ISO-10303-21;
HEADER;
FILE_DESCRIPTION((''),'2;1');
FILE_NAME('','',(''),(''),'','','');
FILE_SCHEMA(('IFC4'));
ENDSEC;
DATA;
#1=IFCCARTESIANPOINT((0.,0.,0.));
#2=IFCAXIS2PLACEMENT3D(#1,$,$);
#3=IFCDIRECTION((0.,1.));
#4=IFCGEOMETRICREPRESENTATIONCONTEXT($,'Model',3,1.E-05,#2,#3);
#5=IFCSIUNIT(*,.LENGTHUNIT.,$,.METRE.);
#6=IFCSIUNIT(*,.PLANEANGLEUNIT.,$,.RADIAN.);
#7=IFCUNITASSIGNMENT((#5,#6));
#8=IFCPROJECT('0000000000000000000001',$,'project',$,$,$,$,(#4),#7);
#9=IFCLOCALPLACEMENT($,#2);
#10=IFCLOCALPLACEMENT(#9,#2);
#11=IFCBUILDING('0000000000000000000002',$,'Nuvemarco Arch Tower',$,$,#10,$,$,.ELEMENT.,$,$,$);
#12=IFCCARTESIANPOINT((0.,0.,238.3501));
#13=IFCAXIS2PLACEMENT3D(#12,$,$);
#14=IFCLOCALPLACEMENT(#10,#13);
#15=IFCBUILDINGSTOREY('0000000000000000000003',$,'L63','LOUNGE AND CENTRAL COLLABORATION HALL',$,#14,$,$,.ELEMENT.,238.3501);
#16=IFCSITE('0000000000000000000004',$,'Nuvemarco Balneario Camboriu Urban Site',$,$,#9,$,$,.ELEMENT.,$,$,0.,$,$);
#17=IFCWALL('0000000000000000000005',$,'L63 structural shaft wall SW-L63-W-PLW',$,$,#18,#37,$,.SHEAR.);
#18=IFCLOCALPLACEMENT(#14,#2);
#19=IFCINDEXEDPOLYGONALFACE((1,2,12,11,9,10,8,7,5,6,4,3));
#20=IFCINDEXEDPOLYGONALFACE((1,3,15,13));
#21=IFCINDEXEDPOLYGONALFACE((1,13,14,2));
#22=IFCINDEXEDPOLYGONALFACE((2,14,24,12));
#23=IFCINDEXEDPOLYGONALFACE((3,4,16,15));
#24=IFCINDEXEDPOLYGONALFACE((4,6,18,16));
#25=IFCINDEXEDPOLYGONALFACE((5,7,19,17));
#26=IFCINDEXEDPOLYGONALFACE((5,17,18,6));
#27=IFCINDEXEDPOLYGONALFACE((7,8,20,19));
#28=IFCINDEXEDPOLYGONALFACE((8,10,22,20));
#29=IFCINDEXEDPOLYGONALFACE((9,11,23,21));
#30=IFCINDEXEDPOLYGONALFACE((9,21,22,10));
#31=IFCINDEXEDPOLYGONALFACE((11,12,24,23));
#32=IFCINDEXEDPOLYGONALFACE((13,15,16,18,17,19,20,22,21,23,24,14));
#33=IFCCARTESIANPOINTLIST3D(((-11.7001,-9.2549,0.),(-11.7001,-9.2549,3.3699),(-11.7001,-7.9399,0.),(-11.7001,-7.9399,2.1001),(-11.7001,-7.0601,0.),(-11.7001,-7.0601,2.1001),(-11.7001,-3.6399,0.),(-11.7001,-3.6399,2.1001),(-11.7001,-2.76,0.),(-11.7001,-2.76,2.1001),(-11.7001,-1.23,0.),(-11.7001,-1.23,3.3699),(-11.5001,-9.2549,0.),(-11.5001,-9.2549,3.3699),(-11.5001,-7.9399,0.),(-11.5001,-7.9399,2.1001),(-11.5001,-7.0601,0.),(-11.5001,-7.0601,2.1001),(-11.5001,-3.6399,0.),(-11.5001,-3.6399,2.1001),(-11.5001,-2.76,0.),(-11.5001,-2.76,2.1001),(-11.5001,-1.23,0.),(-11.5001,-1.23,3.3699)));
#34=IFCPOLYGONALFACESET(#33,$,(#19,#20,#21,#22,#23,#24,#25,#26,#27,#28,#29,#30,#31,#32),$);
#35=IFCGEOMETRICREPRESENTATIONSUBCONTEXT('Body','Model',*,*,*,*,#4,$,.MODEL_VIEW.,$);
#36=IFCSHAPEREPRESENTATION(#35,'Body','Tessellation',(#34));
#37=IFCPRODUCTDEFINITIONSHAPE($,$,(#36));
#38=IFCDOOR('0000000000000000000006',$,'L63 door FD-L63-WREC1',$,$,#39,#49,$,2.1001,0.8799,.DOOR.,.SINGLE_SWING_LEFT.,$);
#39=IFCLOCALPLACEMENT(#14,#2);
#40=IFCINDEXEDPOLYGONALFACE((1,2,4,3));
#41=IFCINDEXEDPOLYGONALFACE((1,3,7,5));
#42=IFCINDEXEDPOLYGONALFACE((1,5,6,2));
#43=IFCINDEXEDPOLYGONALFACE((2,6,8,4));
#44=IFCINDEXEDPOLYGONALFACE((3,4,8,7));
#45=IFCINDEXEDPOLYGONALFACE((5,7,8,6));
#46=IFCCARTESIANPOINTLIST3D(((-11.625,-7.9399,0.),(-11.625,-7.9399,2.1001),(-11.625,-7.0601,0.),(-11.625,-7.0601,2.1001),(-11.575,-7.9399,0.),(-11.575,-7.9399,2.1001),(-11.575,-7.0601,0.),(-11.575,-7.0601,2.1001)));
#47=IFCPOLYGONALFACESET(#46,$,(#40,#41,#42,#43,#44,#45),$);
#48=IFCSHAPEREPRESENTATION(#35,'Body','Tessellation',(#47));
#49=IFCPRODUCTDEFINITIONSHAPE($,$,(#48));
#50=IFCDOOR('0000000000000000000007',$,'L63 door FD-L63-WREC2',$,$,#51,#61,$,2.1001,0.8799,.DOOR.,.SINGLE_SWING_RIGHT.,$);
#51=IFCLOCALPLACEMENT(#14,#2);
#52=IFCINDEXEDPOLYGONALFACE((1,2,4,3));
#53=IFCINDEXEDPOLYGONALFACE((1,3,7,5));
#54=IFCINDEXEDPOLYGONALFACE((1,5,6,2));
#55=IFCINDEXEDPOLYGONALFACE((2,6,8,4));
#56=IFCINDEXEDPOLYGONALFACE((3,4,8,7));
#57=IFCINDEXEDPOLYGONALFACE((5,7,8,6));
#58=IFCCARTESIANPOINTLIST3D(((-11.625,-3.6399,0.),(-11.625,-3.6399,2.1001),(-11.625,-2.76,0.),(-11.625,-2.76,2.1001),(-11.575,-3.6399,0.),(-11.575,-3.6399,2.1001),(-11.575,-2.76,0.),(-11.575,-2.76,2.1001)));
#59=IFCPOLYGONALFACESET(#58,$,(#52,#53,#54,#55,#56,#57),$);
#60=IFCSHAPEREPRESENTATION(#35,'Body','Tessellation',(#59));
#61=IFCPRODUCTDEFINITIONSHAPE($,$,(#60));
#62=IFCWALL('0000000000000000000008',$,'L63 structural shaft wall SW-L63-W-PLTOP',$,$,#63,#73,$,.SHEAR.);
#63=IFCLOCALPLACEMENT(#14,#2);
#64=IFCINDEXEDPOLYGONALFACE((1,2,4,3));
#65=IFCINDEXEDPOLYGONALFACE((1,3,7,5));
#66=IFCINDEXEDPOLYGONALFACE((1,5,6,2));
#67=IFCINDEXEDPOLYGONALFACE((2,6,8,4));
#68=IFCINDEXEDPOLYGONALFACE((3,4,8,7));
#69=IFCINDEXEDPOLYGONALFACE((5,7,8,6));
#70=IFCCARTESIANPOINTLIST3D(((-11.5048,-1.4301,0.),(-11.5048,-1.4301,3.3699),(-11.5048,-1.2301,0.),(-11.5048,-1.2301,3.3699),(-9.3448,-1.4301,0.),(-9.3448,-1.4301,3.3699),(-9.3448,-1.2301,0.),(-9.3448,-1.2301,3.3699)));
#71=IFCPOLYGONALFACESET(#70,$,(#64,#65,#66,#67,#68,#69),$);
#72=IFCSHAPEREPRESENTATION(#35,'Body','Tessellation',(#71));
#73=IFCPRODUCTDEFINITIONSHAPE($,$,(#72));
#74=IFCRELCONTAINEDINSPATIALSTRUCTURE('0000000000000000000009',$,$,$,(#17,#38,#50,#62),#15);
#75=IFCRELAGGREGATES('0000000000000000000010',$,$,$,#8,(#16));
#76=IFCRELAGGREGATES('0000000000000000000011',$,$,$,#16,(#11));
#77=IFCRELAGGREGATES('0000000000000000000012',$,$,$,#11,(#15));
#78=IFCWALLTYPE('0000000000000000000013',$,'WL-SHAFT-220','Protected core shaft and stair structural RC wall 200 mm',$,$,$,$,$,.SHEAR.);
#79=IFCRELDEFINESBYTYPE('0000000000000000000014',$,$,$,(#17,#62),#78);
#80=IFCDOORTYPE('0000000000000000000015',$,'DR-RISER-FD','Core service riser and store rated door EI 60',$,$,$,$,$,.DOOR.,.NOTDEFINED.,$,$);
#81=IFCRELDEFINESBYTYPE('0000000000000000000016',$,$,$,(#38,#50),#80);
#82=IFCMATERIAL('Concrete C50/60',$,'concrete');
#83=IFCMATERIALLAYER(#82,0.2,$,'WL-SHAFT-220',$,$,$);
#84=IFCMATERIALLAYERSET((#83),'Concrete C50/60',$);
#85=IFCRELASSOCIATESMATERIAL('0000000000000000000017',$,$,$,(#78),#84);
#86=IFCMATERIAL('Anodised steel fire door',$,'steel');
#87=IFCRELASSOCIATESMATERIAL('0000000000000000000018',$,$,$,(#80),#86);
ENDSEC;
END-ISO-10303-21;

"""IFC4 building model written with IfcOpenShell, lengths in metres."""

from ifc_helpers import new_model, si_unit, direction, frame, frame_2d, origin, place, context, subcontext, project, spatial, rectangle, extrude, source, transform, mapped, material, layer, layer_set, type_object, type_shapes, element, fill, save


model = new_model("IFC4")

# Units and contexts
model_context = context("Model", 3, precision=1e-05, world=origin(), true_north=direction((0.0, 1.0)))
body_context = subcontext(model_context, "Body", "Model", "MODEL_VIEW")
ifc_project = project(units=[si_unit("LENGTHUNIT", "METRE"), si_unit("PLANEANGLEUNIT", "RADIAN")], contexts=[model_context])

# Site, building, storey
site_placement = place(None, origin())
site = spatial("IfcSite", under=ifc_project, at=site_placement, Name="Nuvemarco Balneario Camboriu Urban Site", CompositionType="ELEMENT", RefElevation=0.0)
building_placement = place(site_placement, origin())
building = spatial("IfcBuilding", under=site, at=building_placement, Name="Nuvemarco Arch Tower", CompositionType="ELEMENT")
storey_placement = place(building_placement, frame((0.0, 0.0, 238.3501)))
storey = spatial("IfcBuildingStorey", under=building, at=storey_placement, Name="L63", Description="LOUNGE AND CENTRAL COLLABORATION HALL", CompositionType="ELEMENT", Elevation=238.3501)

# Shared definitions
ifc_material_1 = material(Name="Concrete C50/60", Category="concrete")

# Shared definitions
ifc_material_2 = material(Name="Anodised steel fire door", Category="steel")

# Shared definitions
ifc_layer_1 = layer(ifc_material_1, 0.2, Name="WL-SHAFT-220")
ifc_layer_set_1 = layer_set([ifc_layer_1], Name="Concrete C50/60")
wall_type_1 = type_object("IfcWallType", Name="WL-SHAFT-220", Description="Protected core shaft and stair structural RC wall 200 mm", PredefinedType="SHEAR", material=ifc_layer_set_1)

# Shared definitions
door_type_1 = type_object("IfcDoorType", Name="DR-RISER-FD", Description="Core service riser and store rated door EI 60", OperationType="NOTDEFINED", PredefinedType="DOOR", material=ifc_material_2)
shared_shape_1 = source(origin(), body_context, "Body", "SweptSolid", [
    extrude(rectangle(XDim=0.8799, YDim=2.1001, at=frame_2d((0.4399, 1.05))), frame((0.0, 0.0249, 0.0), z_axis=(0.0, -1.0, 0.0), x_axis=(1.0, 0.0, 0.0)), (0.0, 0.0, 1.0), 0.05),
])
type_shapes(door_type_1, [shared_shape_1])

# Wall, openings, doors
wall_1_placement = place(storey_placement, frame((-11.6001, -9.2549, 0.0), z_axis=(0.0, 0.0, 1.0), x_axis=(0.0, 1.0, 0.0)))
wall_1 = element("IfcWall", 1, at=wall_1_placement, inside=storey, type_object=wall_type_1, Name="L63 structural shaft wall SW-L63-W-PLW", PredefinedType="SHEAR", context=body_context, shape_type="SweptSolid", body=[
    extrude(rectangle(XDim=8.0249, YDim=0.2, at=frame_2d((4.0125, 0.0))), origin(), (0.0, 0.0, 1.0), 3.3699),
])
opening_1_placement = place(wall_1_placement, frame((1.3149, 0.0, 0.0)))
opening_1 = element("IfcOpeningElement", 2, at=opening_1_placement, cuts=wall_1, PredefinedType="OPENING", context=body_context, shape_type="SweptSolid", body=[
    extrude(rectangle(XDim=0.8799, YDim=2.1001, at=frame_2d((0.4399, 1.05))), frame((0.0, 0.1099, 0.0), z_axis=(0.0, -1.0, 0.0), x_axis=(1.0, 0.0, 0.0)), (0.0, 0.0, 1.0), 0.22),
])
opening_2_placement = place(wall_1_placement, frame((5.615, 0.0, 0.0)))
opening_2 = element("IfcOpeningElement", 3, at=opening_2_placement, cuts=wall_1, PredefinedType="OPENING", context=body_context, shape_type="SweptSolid", body=[
    extrude(rectangle(XDim=0.8799, YDim=2.1001, at=frame_2d((0.4399, 1.05))), frame((0.0, 0.1099, 0.0), z_axis=(0.0, -1.0, 0.0), x_axis=(1.0, 0.0, 0.0)), (0.0, 0.0, 1.0), 0.22),
])
door_1_placement = place(opening_1_placement, origin())
door_1 = element("IfcDoor", 4, at=door_1_placement, inside=storey, type_object=door_type_1, Name="L63 door FD-L63-WREC1", OperationType="SINGLE_SWING_LEFT", OverallHeight=2.1001, OverallWidth=0.8799, PredefinedType="DOOR", context=body_context, shape_type="MappedRepresentation", body=[
    mapped(shared_shape_1, transform((0.0, 0.0, 0.0), scale=1.0)),
])
fill(opening_1, door_1)
door_2_placement = place(opening_2_placement, origin())
door_2 = element("IfcDoor", 5, at=door_2_placement, inside=storey, type_object=door_type_1, Name="L63 door FD-L63-WREC2", OperationType="SINGLE_SWING_RIGHT", OverallHeight=2.1001, OverallWidth=0.8799, PredefinedType="DOOR", context=body_context, shape_type="MappedRepresentation", body=[
    mapped(shared_shape_1, transform((0.0, 0.0, 0.0), scale=1.0)),
])
fill(opening_2, door_2)

# Wall
wall_2_placement = place(storey_placement, frame((-11.5049, -1.3301, 0.0), z_axis=(0.0, 0.0, 1.0), x_axis=(1.0, 0.0, 0.0)))
element("IfcWall", 6, at=wall_2_placement, inside=storey, type_object=wall_type_1, Name="L63 structural shaft wall SW-L63-W-PLTOP", PredefinedType="SHEAR", context=body_context, shape_type="SweptSolid", body=[
    extrude(rectangle(XDim=2.1599, YDim=0.2, at=frame_2d((1.0801, 0.0))), origin(), (0.0, 0.0, 1.0), 3.3699),
])

save(model, "model.ifc")
